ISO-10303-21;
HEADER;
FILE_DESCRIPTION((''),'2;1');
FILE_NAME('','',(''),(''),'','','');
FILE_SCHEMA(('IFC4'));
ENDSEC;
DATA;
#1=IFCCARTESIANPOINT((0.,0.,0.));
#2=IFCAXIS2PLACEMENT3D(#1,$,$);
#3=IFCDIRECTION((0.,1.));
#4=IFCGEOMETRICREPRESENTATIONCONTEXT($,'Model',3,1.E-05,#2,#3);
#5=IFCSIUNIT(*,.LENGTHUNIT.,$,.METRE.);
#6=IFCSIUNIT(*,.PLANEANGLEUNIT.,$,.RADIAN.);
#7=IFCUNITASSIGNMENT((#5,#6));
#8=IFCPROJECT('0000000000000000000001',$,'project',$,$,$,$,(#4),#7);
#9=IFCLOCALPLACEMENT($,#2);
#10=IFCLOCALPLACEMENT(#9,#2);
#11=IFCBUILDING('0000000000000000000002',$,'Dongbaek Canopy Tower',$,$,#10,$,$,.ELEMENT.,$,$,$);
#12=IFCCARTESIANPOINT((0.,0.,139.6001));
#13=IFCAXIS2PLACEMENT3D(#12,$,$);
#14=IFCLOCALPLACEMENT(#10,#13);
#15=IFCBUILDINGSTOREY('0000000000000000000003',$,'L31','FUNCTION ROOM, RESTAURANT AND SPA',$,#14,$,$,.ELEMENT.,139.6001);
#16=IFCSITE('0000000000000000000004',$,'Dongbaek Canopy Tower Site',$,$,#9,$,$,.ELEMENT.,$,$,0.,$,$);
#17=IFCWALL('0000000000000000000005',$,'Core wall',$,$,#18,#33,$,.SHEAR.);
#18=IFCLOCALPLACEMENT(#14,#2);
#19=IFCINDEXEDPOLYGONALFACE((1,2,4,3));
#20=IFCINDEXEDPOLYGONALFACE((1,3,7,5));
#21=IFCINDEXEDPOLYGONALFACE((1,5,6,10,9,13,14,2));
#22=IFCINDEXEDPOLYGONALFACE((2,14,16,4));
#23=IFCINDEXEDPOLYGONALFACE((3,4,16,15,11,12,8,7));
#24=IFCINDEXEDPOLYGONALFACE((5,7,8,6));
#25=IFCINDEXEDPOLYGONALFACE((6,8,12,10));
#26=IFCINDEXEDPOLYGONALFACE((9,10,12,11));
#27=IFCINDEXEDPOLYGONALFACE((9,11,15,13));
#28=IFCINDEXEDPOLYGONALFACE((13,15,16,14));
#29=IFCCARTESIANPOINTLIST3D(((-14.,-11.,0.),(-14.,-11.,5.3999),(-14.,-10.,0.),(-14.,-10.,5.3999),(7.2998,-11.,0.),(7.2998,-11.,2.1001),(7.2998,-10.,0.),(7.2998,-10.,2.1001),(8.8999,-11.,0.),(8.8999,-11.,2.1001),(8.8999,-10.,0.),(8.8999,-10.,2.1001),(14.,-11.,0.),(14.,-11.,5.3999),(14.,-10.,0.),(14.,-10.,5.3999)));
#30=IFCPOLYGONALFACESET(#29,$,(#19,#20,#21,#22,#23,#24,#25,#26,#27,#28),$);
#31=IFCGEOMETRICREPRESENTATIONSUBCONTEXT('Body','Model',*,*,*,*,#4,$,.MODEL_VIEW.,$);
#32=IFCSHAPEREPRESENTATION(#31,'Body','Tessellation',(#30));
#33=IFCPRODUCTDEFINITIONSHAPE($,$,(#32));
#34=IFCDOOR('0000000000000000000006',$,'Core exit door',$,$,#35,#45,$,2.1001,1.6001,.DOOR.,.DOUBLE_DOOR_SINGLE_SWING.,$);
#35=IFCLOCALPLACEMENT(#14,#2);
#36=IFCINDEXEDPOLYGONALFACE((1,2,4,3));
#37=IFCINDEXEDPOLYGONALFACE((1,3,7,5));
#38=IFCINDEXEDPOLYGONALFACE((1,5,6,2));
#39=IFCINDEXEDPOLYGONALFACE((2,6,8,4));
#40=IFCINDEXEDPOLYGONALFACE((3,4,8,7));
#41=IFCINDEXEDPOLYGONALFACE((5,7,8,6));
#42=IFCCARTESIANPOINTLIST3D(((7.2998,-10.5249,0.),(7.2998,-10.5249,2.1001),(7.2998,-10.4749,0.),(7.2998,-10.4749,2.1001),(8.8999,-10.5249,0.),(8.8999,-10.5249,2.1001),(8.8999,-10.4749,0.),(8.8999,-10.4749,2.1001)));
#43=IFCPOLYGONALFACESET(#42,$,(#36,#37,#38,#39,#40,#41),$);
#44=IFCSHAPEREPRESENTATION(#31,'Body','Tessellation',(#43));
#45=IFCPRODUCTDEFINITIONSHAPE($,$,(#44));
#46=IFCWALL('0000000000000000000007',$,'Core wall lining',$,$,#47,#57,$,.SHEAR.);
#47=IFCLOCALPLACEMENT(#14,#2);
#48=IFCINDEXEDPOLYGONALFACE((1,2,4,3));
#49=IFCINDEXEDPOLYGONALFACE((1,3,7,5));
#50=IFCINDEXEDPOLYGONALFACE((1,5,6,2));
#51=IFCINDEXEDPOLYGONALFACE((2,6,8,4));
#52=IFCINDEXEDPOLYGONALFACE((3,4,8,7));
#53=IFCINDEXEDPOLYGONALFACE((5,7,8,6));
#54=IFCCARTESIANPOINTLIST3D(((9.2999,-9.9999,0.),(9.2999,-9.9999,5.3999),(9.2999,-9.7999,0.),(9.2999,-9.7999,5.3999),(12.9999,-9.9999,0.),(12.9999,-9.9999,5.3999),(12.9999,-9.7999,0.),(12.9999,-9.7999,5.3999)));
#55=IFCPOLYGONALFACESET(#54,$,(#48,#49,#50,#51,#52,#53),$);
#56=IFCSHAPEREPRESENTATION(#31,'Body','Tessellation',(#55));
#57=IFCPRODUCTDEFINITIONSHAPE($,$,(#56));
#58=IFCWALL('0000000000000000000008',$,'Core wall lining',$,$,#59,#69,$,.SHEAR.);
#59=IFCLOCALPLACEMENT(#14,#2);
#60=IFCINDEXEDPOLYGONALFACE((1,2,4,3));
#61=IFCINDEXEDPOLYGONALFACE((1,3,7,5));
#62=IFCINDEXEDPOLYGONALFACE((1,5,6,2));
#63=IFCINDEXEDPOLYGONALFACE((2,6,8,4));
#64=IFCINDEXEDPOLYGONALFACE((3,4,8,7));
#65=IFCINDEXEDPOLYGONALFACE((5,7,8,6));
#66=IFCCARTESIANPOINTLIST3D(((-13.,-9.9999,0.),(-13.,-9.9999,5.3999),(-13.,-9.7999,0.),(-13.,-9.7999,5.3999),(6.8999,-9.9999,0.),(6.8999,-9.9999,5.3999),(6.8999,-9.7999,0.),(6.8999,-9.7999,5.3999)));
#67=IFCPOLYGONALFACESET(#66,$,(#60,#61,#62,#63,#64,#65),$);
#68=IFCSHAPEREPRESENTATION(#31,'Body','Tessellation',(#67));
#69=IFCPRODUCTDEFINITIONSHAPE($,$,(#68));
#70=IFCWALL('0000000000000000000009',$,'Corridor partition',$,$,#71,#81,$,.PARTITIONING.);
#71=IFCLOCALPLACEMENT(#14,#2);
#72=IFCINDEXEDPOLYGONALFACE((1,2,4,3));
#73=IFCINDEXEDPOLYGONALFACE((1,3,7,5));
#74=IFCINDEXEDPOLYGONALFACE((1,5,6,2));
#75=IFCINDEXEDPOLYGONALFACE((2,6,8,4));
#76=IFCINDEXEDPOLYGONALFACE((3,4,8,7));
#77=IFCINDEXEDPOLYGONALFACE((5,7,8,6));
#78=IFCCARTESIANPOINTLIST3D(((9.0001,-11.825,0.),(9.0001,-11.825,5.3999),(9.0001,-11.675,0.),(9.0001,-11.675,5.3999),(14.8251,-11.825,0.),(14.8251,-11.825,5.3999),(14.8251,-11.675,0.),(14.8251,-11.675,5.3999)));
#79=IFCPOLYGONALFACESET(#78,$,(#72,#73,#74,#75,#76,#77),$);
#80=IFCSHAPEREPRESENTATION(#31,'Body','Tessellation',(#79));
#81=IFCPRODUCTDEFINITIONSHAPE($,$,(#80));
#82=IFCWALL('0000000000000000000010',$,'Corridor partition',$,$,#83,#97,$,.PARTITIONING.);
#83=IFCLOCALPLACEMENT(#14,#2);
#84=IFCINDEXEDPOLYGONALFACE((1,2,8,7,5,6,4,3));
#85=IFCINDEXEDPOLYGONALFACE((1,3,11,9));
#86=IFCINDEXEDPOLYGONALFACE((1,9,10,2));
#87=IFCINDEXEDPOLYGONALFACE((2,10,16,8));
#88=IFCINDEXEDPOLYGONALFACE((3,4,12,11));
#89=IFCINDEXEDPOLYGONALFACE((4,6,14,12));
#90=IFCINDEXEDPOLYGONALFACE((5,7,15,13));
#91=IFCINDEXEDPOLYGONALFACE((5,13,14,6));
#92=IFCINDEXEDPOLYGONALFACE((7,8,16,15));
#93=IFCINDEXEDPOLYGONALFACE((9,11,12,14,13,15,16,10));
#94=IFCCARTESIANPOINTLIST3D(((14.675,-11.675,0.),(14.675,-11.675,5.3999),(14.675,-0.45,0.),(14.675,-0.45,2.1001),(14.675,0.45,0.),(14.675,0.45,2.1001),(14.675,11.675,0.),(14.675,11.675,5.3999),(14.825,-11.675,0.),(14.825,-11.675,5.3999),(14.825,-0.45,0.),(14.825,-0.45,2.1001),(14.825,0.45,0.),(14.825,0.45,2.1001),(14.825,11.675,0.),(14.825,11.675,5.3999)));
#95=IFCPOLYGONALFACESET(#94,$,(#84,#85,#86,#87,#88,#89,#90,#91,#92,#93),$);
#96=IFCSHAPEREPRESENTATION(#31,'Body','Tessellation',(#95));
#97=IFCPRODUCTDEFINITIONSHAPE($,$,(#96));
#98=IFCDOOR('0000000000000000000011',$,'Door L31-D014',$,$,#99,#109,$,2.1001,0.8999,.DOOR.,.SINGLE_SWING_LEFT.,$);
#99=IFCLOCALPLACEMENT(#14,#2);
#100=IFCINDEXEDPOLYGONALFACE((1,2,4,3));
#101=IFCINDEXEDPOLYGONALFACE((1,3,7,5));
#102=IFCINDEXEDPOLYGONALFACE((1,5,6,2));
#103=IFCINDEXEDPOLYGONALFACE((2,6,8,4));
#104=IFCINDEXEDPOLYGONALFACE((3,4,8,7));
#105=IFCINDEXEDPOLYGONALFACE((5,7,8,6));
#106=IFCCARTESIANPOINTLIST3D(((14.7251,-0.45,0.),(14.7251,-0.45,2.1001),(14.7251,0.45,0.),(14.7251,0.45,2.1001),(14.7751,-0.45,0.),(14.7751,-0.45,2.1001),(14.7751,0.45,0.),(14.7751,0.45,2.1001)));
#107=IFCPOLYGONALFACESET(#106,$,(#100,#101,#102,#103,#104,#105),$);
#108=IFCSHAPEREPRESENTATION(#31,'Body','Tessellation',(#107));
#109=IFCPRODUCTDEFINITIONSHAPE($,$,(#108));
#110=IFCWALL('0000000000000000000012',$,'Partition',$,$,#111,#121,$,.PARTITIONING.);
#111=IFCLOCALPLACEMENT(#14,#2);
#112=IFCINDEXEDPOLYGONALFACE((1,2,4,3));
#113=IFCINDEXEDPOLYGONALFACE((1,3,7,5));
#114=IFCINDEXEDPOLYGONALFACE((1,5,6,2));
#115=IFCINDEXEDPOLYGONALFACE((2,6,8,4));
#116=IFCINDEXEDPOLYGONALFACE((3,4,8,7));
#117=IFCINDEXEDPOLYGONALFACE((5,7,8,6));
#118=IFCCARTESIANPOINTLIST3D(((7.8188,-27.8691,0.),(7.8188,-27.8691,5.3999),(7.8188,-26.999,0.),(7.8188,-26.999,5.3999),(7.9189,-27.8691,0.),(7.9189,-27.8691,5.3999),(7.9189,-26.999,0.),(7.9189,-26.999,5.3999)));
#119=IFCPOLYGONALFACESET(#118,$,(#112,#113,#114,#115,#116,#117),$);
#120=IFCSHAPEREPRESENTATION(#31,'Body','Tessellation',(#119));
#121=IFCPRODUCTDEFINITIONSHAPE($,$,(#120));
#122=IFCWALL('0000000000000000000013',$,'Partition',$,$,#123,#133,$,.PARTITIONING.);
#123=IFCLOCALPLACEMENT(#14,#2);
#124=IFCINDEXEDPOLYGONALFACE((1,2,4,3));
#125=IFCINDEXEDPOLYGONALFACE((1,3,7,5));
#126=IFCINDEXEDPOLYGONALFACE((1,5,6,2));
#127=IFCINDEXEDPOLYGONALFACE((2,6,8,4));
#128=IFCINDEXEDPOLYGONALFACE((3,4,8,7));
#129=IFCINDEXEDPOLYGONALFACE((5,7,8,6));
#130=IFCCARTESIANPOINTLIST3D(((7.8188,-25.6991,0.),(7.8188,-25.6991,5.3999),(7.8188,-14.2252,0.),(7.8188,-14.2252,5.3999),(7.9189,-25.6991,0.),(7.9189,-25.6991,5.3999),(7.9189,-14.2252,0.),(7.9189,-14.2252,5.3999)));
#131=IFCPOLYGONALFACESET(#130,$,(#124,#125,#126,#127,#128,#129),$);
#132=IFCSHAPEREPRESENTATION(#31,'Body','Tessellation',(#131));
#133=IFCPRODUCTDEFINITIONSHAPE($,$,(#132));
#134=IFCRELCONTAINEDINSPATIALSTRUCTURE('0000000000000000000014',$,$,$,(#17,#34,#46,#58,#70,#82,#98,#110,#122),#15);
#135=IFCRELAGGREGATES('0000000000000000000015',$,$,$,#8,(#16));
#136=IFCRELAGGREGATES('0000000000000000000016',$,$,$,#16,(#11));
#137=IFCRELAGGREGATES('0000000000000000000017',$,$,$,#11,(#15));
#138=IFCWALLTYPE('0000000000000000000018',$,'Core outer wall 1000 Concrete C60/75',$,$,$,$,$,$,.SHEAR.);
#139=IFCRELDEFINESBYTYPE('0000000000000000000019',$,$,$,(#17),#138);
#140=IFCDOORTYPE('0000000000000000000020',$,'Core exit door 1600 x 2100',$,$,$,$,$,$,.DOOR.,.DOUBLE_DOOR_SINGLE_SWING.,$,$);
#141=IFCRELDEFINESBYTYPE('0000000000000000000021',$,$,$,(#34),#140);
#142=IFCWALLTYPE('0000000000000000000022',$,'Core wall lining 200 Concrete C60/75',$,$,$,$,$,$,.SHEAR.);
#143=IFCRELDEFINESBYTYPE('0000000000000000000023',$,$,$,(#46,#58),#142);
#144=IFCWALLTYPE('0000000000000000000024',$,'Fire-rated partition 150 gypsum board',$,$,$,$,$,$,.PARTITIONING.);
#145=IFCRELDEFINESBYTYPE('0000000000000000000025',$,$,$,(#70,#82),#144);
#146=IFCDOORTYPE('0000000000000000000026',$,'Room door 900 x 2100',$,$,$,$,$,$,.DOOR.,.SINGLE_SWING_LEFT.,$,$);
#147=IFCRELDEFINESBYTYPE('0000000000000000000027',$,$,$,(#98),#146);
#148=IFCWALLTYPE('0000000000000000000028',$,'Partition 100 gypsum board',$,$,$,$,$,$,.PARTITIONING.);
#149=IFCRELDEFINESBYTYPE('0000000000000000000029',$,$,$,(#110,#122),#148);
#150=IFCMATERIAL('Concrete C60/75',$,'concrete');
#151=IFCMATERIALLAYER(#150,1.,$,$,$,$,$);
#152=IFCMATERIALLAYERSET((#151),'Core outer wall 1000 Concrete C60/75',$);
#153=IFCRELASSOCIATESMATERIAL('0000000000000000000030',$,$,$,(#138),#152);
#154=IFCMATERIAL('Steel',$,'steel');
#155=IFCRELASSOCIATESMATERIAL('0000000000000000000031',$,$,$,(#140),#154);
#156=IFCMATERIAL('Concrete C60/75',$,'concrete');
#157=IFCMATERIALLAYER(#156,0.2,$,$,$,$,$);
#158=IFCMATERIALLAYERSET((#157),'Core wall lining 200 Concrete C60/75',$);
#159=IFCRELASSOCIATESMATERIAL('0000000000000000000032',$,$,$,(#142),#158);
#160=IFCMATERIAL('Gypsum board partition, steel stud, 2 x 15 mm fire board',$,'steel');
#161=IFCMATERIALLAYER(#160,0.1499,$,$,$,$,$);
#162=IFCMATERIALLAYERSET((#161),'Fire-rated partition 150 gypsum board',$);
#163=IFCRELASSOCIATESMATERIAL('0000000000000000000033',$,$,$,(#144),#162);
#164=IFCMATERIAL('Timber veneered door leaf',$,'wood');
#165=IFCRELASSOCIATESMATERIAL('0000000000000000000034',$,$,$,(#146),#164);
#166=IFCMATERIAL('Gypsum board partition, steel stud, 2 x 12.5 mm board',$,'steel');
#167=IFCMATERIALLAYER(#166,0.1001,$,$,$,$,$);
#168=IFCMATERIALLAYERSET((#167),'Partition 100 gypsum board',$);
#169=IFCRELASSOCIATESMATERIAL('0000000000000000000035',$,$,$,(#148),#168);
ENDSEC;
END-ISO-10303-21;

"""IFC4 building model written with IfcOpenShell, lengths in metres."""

from ifc_helpers import new_model, si_unit, direction, frame, frame_2d, origin, place, context, subcontext, project, spatial, rectangle, extrude, material, layer, layer_set, type_object, element, fill, save


model = new_model("IFC4")

# Units and contexts
model_context = context("Model", 3, precision=1e-05, world=origin(), true_north=direction((0.0, 1.0)))
body_context = subcontext(model_context, "Body", "Model", "MODEL_VIEW")
ifc_project = project(units=[si_unit("LENGTHUNIT", "METRE"), si_unit("PLANEANGLEUNIT", "RADIAN")], contexts=[model_context])

# Site, building, storey
site_placement = place(None, origin())
site = spatial("IfcSite", under=ifc_project, at=site_placement, Name="Dongbaek Canopy Tower Site", CompositionType="ELEMENT", RefElevation=0.0)
building_placement = place(site_placement, origin())
building = spatial("IfcBuilding", under=site, at=building_placement, Name="Dongbaek Canopy Tower", CompositionType="ELEMENT")
storey_placement = place(building_placement, frame((0.0, 0.0, 139.6001)))
storey = spatial("IfcBuildingStorey", under=building, at=storey_placement, Name="L31", Description="FUNCTION ROOM, RESTAURANT AND SPA", CompositionType="ELEMENT", Elevation=139.6001)

# Wall, opening, door
ifc_material_1 = material(Name="Concrete C60/75", Category="concrete")
ifc_layer_1 = layer(ifc_material_1, 1.0)
ifc_layer_set_1 = layer_set([ifc_layer_1], Name="Core outer wall 1000 Concrete C60/75")
wall_type_1 = type_object("IfcWallType", Name="Core outer wall 1000 Concrete C60/75", PredefinedType="SHEAR", material=ifc_layer_set_1)
wall_1_placement = place(storey_placement, frame((14.0, -10.5, 0.0), z_axis=(0.0, 0.0, 1.0), x_axis=(-1.0, 0.0, 0.0)))
wall_1 = element("IfcWall", 1, at=wall_1_placement, inside=storey, type_object=wall_type_1, Name="Core wall", PredefinedType="SHEAR", context=body_context, shape_type="SweptSolid", body=[
    extrude(rectangle(XDim=28.0, YDim=1.0, at=frame_2d((14.0, 0.0))), origin(), (0.0, 0.0, 1.0), 5.3999),
])
opening_1_placement = place(wall_1_placement, frame((5.1001, 0.0, 0.0)))
opening_1 = element("IfcOpeningElement", 2, at=opening_1_placement, cuts=wall_1, PredefinedType="OPENING", context=body_context, shape_type="SweptSolid", body=[
    extrude(rectangle(XDim=1.6001, YDim=2.1001, at=frame_2d((0.8, 1.05))), frame((0.0, 0.51, 0.0), z_axis=(0.0, -1.0, 0.0), x_axis=(1.0, 0.0, 0.0)), (0.0, 0.0, 1.0), 1.02),
])
ifc_material_2 = material(Name="Steel", Category="steel")
door_type_1 = type_object("IfcDoorType", Name="Core exit door 1600 x 2100", OperationType="DOUBLE_DOOR_SINGLE_SWING", PredefinedType="DOOR", material=ifc_material_2)
door_1_placement = place(opening_1_placement, origin())
door_1 = element("IfcDoor", 3, at=door_1_placement, inside=storey, type_object=door_type_1, Name="Core exit door", OperationType="DOUBLE_DOOR_SINGLE_SWING", OverallHeight=2.1001, OverallWidth=1.6001, PredefinedType="DOOR", context=body_context, shape_type="SweptSolid", body=[
    extrude(rectangle(XDim=1.6001, YDim=2.1001, at=frame_2d((0.8, 1.05))), frame((0.0, 0.0249, 0.0), z_axis=(0.0, -1.0, 0.0), x_axis=(1.0, 0.0, 0.0)), (0.0, 0.0, 1.0), 0.05),
])
fill(opening_1, door_1)

# Walls
ifc_material_3 = material(Name="Concrete C60/75", Category="concrete")
ifc_layer_2 = layer(ifc_material_3, 0.2)
ifc_layer_set_2 = layer_set([ifc_layer_2], Name="Core wall lining 200 Concrete C60/75")
wall_type_2 = type_object("IfcWallType", Name="Core wall lining 200 Concrete C60/75", PredefinedType="SHEAR", material=ifc_layer_set_2)
wall_2_placement = place(storey_placement, frame((13.0, -9.8999, 0.0), z_axis=(0.0, 0.0, 1.0), x_axis=(-1.0, 0.0, 0.0)))
element("IfcWall", 4, at=wall_2_placement, inside=storey, type_object=wall_type_2, Name="Core wall lining", PredefinedType="SHEAR", context=body_context, shape_type="SweptSolid", body=[
    extrude(rectangle(XDim=3.7, YDim=0.2, at=frame_2d((1.8501, 0.0))), origin(), (0.0, 0.0, 1.0), 5.3999),
])
wall_3_placement = place(storey_placement, frame((6.8999, -9.8999, 0.0), z_axis=(0.0, 0.0, 1.0), x_axis=(-1.0, 0.0, 0.0)))
element("IfcWall", 5, at=wall_3_placement, inside=storey, type_object=wall_type_2, Name="Core wall lining", PredefinedType="SHEAR", context=body_context, shape_type="SweptSolid", body=[
    extrude(rectangle(XDim=19.8999, YDim=0.2, at=frame_2d((9.95, 0.0))), origin(), (0.0, 0.0, 1.0), 5.3999),
])
ifc_material_4 = material(Name="Gypsum board partition, steel stud, 2 x 15 mm fire board", Category="steel")
ifc_layer_3 = layer(ifc_material_4, 0.1499)
ifc_layer_set_3 = layer_set([ifc_layer_3], Name="Fire-rated partition 150 gypsum board")
wall_type_3 = type_object("IfcWallType", Name="Fire-rated partition 150 gypsum board", PredefinedType="PARTITIONING", material=ifc_layer_set_3)
wall_4_placement = place(storey_placement, frame((9.0, -11.75, 0.0), z_axis=(0.0, 0.0, 1.0), x_axis=(1.0, 0.0, 0.0)))
element("IfcWall", 6, at=wall_4_placement, inside=storey, type_object=wall_type_3, Name="Corridor partition", PredefinedType="PARTITIONING", context=body_context, shape_type="SweptSolid", body=[
    extrude(rectangle(XDim=5.825, YDim=0.1499, at=frame_2d((2.9126, 0.0))), origin(), (0.0, 0.0, 1.0), 5.3999),
])

# Wall, opening, door
wall_5_placement = place(storey_placement, frame((14.75, -11.675, 0.0), z_axis=(0.0, 0.0, 1.0), x_axis=(0.0, 1.0, 0.0)))
wall_5 = element("IfcWall", 7, at=wall_5_placement, inside=storey, type_object=wall_type_3, Name="Corridor partition", PredefinedType="PARTITIONING", context=body_context, shape_type="SweptSolid", body=[
    extrude(rectangle(XDim=23.3501, YDim=0.1499, at=frame_2d((11.675, 0.0))), origin(), (0.0, 0.0, 1.0), 5.3999),
])
opening_2_placement = place(wall_5_placement, frame((11.2251, 0.0, 0.0)))
opening_2 = element("IfcOpeningElement", 8, at=opening_2_placement, cuts=wall_5, PredefinedType="OPENING", context=body_context, shape_type="SweptSolid", body=[
    extrude(rectangle(XDim=0.8999, YDim=2.1001, at=frame_2d((0.45, 1.05))), frame((0.0, 0.085, 0.0), z_axis=(0.0, -1.0, 0.0), x_axis=(1.0, 0.0, 0.0)), (0.0, 0.0, 1.0), 0.1699),
])
ifc_material_5 = material(Name="Timber veneered door leaf", Category="wood")
door_type_2 = type_object("IfcDoorType", Name="Room door 900 x 2100", OperationType="SINGLE_SWING_LEFT", PredefinedType="DOOR", material=ifc_material_5)
door_2_placement = place(opening_2_placement, origin())
door_2 = element("IfcDoor", 9, at=door_2_placement, inside=storey, type_object=door_type_2, Name="Door L31-D014", OperationType="SINGLE_SWING_LEFT", OverallHeight=2.1001, OverallWidth=0.8999, PredefinedType="DOOR", context=body_context, shape_type="SweptSolid", body=[
    extrude(rectangle(XDim=0.8999, YDim=2.1001, at=frame_2d((0.45, 1.05))), frame((0.0, 0.0249, 0.0), z_axis=(0.0, -1.0, 0.0), x_axis=(1.0, 0.0, 0.0)), (0.0, 0.0, 1.0), 0.05),
])
fill(opening_2, door_2)

# Walls
ifc_material_6 = material(Name="Gypsum board partition, steel stud, 2 x 12.5 mm board", Category="steel")
ifc_layer_4 = layer(ifc_material_6, 0.1001)
ifc_layer_set_4 = layer_set([ifc_layer_4], Name="Partition 100 gypsum board")
wall_type_4 = type_object("IfcWallType", Name="Partition 100 gypsum board", PredefinedType="PARTITIONING", material=ifc_layer_set_4)
wall_6_placement = place(storey_placement, frame((7.8689, -27.8691, 0.0), z_axis=(0.0, 0.0, 1.0), x_axis=(0.0, 1.0, 0.0)))
element("IfcWall", 10, at=wall_6_placement, inside=storey, type_object=wall_type_4, Name="Partition", PredefinedType="PARTITIONING", context=body_context, shape_type="SweptSolid", body=[
    extrude(rectangle(XDim=0.8701, YDim=0.1001, at=frame_2d((0.4351, 0.0))), origin(), (0.0, 0.0, 1.0), 5.3999),
])
wall_7_placement = place(storey_placement, frame((7.8689, -25.699, 0.0), z_axis=(0.0, 0.0, 1.0), x_axis=(0.0, 1.0, 0.0)))
element("IfcWall", 11, at=wall_7_placement, inside=storey, type_object=wall_type_4, Name="Partition", PredefinedType="PARTITIONING", context=body_context, shape_type="SweptSolid", body=[
    extrude(rectangle(XDim=11.4739, YDim=0.1001, at=frame_2d((5.7368, 0.0))), origin(), (0.0, 0.0, 1.0), 5.3999),
])

save(model, "model.ifc")
